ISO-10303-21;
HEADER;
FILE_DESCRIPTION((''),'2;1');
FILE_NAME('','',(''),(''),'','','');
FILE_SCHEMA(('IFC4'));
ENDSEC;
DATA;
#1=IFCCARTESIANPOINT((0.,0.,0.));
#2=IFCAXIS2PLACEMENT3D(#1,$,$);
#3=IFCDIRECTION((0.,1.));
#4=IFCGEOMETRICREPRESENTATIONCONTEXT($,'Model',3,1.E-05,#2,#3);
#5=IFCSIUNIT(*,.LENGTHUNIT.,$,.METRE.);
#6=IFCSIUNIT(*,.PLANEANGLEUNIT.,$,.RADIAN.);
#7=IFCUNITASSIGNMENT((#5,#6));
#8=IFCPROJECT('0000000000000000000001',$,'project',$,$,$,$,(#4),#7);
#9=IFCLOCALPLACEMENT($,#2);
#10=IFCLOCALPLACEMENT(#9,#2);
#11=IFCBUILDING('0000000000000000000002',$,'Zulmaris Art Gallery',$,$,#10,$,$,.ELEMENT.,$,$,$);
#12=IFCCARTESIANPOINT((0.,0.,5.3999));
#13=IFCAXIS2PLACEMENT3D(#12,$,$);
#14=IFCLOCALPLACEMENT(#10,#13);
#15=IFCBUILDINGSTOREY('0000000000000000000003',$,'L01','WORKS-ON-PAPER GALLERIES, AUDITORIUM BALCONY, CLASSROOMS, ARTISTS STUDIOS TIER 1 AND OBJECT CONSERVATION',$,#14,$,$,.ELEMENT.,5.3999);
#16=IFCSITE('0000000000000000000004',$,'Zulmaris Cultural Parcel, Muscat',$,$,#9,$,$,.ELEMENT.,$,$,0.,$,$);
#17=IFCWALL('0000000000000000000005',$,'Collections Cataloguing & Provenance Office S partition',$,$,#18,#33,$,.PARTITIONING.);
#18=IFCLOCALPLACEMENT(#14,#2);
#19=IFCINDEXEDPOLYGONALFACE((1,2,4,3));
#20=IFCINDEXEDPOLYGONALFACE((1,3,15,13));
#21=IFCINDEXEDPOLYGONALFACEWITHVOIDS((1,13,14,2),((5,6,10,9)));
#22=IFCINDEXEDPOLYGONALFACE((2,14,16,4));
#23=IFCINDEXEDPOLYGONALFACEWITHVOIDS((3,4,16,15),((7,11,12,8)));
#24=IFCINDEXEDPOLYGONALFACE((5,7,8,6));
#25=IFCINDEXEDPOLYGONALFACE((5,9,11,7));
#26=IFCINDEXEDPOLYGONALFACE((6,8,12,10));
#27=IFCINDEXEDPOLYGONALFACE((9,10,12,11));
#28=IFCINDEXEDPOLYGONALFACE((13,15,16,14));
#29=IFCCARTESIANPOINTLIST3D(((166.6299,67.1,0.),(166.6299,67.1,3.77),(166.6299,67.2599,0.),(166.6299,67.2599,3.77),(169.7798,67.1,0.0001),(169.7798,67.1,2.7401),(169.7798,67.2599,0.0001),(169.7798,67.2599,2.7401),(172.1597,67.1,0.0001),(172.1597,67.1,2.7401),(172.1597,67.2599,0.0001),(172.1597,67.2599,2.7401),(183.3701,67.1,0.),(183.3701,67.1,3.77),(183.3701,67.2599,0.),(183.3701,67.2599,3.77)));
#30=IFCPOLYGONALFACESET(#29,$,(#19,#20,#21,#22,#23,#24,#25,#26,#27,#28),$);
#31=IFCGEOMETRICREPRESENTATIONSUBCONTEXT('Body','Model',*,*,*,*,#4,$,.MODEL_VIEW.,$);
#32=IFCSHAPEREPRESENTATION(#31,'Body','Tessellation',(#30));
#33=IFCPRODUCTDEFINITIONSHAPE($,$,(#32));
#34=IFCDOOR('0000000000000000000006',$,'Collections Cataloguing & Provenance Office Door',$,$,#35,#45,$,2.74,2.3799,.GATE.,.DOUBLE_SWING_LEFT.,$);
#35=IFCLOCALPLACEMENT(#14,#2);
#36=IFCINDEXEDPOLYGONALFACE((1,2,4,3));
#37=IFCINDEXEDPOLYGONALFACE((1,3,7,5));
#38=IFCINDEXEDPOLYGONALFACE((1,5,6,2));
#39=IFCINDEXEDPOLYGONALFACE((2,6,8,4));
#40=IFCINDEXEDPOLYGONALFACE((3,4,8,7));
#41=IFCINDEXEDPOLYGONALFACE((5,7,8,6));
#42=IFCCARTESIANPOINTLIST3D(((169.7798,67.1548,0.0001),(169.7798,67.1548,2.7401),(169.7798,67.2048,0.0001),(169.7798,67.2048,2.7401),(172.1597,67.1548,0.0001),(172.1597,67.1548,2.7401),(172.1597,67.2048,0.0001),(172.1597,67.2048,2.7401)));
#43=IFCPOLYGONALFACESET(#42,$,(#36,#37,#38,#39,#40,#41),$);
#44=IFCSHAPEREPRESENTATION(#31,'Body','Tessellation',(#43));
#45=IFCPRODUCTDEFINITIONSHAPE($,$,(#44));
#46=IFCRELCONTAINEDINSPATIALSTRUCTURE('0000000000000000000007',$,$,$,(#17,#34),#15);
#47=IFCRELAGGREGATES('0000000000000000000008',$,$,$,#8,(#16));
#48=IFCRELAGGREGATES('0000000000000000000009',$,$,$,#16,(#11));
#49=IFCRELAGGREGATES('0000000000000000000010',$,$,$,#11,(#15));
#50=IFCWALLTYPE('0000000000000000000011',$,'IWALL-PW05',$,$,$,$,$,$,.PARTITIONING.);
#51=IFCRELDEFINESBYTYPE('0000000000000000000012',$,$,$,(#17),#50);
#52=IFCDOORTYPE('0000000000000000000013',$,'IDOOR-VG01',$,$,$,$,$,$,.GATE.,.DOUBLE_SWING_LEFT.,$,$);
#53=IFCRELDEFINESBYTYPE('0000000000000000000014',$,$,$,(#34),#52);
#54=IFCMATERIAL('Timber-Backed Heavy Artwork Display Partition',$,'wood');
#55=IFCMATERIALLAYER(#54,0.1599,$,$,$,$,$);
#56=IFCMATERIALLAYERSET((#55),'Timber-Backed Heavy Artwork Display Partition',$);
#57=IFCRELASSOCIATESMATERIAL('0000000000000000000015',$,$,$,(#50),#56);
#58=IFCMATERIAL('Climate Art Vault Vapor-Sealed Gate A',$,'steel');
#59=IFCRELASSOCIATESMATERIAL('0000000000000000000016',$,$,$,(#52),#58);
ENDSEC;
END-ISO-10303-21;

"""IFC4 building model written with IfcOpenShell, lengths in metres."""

from ifc_helpers import new_model, si_unit, direction, frame, frame_2d, origin, place, context, subcontext, project, spatial, rectangle, extrude, material, layer, layer_set, type_object, element, fill, save


model = new_model("IFC4")

# Units and contexts
model_context = context("Model", 3, precision=1e-05, world=origin(), true_north=direction((0.0, 1.0)))
body_context = subcontext(model_context, "Body", "Model", "MODEL_VIEW")
ifc_project = project(units=[si_unit("LENGTHUNIT", "METRE"), si_unit("PLANEANGLEUNIT", "RADIAN")], contexts=[model_context])

# Site, building, storey
site_placement = place(None, origin())
site = spatial("IfcSite", under=ifc_project, at=site_placement, Name="Zulmaris Cultural Parcel, Muscat", CompositionType="ELEMENT", RefElevation=0.0)
building_placement = place(site_placement, origin())
building = spatial("IfcBuilding", under=site, at=building_placement, Name="Zulmaris Art Gallery", CompositionType="ELEMENT")
storey_placement = place(building_placement, frame((0.0, 0.0, 5.3999)))
storey = spatial("IfcBuildingStorey", under=building, at=storey_placement, Name="L01", Description="WORKS-ON-PAPER GALLERIES, AUDITORIUM BALCONY, CLASSROOMS, ARTISTS STUDIOS TIER 1 AND OBJECT CONSERVATION", CompositionType="ELEMENT", Elevation=5.3999)

# Wall, opening, door
ifc_material_1 = material(Name="Timber-Backed Heavy Artwork Display Partition", Category="wood")
ifc_layer_1 = layer(ifc_material_1, 0.1599)
ifc_layer_set_1 = layer_set([ifc_layer_1], Name="Timber-Backed Heavy Artwork Display Partition")
wall_type = type_object("IfcWallType", Name="IWALL-PW05", PredefinedType="PARTITIONING", material=ifc_layer_set_1)
wall_placement = place(storey_placement, frame((166.6299, 67.1799, 0.0), z_axis=(0.0, 0.0, 1.0), x_axis=(1.0, 0.0, 0.0)))
wall = element("IfcWall", 1, at=wall_placement, inside=storey, type_object=wall_type, Name="Collections Cataloguing & Provenance Office S partition", PredefinedType="PARTITIONING", context=body_context, shape_type="SweptSolid", body=[
    extrude(rectangle(XDim=16.7402, YDim=0.1599, at=frame_2d((8.3701, 0.0))), origin(), (0.0, 0.0, 1.0), 3.77),
])
opening_placement = place(wall_placement, frame((3.1499, 0.0, 0.0)))
opening = element("IfcOpeningElement", 2, at=opening_placement, cuts=wall, PredefinedType="OPENING", context=body_context, shape_type="SweptSolid", body=[
    extrude(rectangle(XDim=2.3799, YDim=2.74, at=frame_2d((1.1899, 1.3701))), frame((0.0, 0.0898, 0.0), z_axis=(0.0, -1.0, 0.0), x_axis=(1.0, 0.0, 0.0)), (0.0, 0.0, 1.0), 0.1799),
])
ifc_material_2 = material(Name="Climate Art Vault Vapor-Sealed Gate A", Category="steel")
door_type = type_object("IfcDoorType", Name="IDOOR-VG01", OperationType="DOUBLE_SWING_LEFT", PredefinedType="GATE", material=ifc_material_2)
door_placement = place(opening_placement, origin())
door = element("IfcDoor", 3, at=door_placement, inside=storey, type_object=door_type, Name="Collections Cataloguing & Provenance Office Door", OperationType="DOUBLE_SWING_LEFT", OverallHeight=2.74, OverallWidth=2.3799, PredefinedType="GATE", context=body_context, shape_type="SweptSolid", body=[
    extrude(rectangle(XDim=2.3799, YDim=2.74, at=frame_2d((1.1899, 1.3701))), frame((0.0, 0.0249, 0.0), z_axis=(0.0, -1.0, 0.0), x_axis=(1.0, 0.0, 0.0)), (0.0, 0.0, 1.0), 0.05),
])
fill(opening, door)

save(model, "model.ifc")
